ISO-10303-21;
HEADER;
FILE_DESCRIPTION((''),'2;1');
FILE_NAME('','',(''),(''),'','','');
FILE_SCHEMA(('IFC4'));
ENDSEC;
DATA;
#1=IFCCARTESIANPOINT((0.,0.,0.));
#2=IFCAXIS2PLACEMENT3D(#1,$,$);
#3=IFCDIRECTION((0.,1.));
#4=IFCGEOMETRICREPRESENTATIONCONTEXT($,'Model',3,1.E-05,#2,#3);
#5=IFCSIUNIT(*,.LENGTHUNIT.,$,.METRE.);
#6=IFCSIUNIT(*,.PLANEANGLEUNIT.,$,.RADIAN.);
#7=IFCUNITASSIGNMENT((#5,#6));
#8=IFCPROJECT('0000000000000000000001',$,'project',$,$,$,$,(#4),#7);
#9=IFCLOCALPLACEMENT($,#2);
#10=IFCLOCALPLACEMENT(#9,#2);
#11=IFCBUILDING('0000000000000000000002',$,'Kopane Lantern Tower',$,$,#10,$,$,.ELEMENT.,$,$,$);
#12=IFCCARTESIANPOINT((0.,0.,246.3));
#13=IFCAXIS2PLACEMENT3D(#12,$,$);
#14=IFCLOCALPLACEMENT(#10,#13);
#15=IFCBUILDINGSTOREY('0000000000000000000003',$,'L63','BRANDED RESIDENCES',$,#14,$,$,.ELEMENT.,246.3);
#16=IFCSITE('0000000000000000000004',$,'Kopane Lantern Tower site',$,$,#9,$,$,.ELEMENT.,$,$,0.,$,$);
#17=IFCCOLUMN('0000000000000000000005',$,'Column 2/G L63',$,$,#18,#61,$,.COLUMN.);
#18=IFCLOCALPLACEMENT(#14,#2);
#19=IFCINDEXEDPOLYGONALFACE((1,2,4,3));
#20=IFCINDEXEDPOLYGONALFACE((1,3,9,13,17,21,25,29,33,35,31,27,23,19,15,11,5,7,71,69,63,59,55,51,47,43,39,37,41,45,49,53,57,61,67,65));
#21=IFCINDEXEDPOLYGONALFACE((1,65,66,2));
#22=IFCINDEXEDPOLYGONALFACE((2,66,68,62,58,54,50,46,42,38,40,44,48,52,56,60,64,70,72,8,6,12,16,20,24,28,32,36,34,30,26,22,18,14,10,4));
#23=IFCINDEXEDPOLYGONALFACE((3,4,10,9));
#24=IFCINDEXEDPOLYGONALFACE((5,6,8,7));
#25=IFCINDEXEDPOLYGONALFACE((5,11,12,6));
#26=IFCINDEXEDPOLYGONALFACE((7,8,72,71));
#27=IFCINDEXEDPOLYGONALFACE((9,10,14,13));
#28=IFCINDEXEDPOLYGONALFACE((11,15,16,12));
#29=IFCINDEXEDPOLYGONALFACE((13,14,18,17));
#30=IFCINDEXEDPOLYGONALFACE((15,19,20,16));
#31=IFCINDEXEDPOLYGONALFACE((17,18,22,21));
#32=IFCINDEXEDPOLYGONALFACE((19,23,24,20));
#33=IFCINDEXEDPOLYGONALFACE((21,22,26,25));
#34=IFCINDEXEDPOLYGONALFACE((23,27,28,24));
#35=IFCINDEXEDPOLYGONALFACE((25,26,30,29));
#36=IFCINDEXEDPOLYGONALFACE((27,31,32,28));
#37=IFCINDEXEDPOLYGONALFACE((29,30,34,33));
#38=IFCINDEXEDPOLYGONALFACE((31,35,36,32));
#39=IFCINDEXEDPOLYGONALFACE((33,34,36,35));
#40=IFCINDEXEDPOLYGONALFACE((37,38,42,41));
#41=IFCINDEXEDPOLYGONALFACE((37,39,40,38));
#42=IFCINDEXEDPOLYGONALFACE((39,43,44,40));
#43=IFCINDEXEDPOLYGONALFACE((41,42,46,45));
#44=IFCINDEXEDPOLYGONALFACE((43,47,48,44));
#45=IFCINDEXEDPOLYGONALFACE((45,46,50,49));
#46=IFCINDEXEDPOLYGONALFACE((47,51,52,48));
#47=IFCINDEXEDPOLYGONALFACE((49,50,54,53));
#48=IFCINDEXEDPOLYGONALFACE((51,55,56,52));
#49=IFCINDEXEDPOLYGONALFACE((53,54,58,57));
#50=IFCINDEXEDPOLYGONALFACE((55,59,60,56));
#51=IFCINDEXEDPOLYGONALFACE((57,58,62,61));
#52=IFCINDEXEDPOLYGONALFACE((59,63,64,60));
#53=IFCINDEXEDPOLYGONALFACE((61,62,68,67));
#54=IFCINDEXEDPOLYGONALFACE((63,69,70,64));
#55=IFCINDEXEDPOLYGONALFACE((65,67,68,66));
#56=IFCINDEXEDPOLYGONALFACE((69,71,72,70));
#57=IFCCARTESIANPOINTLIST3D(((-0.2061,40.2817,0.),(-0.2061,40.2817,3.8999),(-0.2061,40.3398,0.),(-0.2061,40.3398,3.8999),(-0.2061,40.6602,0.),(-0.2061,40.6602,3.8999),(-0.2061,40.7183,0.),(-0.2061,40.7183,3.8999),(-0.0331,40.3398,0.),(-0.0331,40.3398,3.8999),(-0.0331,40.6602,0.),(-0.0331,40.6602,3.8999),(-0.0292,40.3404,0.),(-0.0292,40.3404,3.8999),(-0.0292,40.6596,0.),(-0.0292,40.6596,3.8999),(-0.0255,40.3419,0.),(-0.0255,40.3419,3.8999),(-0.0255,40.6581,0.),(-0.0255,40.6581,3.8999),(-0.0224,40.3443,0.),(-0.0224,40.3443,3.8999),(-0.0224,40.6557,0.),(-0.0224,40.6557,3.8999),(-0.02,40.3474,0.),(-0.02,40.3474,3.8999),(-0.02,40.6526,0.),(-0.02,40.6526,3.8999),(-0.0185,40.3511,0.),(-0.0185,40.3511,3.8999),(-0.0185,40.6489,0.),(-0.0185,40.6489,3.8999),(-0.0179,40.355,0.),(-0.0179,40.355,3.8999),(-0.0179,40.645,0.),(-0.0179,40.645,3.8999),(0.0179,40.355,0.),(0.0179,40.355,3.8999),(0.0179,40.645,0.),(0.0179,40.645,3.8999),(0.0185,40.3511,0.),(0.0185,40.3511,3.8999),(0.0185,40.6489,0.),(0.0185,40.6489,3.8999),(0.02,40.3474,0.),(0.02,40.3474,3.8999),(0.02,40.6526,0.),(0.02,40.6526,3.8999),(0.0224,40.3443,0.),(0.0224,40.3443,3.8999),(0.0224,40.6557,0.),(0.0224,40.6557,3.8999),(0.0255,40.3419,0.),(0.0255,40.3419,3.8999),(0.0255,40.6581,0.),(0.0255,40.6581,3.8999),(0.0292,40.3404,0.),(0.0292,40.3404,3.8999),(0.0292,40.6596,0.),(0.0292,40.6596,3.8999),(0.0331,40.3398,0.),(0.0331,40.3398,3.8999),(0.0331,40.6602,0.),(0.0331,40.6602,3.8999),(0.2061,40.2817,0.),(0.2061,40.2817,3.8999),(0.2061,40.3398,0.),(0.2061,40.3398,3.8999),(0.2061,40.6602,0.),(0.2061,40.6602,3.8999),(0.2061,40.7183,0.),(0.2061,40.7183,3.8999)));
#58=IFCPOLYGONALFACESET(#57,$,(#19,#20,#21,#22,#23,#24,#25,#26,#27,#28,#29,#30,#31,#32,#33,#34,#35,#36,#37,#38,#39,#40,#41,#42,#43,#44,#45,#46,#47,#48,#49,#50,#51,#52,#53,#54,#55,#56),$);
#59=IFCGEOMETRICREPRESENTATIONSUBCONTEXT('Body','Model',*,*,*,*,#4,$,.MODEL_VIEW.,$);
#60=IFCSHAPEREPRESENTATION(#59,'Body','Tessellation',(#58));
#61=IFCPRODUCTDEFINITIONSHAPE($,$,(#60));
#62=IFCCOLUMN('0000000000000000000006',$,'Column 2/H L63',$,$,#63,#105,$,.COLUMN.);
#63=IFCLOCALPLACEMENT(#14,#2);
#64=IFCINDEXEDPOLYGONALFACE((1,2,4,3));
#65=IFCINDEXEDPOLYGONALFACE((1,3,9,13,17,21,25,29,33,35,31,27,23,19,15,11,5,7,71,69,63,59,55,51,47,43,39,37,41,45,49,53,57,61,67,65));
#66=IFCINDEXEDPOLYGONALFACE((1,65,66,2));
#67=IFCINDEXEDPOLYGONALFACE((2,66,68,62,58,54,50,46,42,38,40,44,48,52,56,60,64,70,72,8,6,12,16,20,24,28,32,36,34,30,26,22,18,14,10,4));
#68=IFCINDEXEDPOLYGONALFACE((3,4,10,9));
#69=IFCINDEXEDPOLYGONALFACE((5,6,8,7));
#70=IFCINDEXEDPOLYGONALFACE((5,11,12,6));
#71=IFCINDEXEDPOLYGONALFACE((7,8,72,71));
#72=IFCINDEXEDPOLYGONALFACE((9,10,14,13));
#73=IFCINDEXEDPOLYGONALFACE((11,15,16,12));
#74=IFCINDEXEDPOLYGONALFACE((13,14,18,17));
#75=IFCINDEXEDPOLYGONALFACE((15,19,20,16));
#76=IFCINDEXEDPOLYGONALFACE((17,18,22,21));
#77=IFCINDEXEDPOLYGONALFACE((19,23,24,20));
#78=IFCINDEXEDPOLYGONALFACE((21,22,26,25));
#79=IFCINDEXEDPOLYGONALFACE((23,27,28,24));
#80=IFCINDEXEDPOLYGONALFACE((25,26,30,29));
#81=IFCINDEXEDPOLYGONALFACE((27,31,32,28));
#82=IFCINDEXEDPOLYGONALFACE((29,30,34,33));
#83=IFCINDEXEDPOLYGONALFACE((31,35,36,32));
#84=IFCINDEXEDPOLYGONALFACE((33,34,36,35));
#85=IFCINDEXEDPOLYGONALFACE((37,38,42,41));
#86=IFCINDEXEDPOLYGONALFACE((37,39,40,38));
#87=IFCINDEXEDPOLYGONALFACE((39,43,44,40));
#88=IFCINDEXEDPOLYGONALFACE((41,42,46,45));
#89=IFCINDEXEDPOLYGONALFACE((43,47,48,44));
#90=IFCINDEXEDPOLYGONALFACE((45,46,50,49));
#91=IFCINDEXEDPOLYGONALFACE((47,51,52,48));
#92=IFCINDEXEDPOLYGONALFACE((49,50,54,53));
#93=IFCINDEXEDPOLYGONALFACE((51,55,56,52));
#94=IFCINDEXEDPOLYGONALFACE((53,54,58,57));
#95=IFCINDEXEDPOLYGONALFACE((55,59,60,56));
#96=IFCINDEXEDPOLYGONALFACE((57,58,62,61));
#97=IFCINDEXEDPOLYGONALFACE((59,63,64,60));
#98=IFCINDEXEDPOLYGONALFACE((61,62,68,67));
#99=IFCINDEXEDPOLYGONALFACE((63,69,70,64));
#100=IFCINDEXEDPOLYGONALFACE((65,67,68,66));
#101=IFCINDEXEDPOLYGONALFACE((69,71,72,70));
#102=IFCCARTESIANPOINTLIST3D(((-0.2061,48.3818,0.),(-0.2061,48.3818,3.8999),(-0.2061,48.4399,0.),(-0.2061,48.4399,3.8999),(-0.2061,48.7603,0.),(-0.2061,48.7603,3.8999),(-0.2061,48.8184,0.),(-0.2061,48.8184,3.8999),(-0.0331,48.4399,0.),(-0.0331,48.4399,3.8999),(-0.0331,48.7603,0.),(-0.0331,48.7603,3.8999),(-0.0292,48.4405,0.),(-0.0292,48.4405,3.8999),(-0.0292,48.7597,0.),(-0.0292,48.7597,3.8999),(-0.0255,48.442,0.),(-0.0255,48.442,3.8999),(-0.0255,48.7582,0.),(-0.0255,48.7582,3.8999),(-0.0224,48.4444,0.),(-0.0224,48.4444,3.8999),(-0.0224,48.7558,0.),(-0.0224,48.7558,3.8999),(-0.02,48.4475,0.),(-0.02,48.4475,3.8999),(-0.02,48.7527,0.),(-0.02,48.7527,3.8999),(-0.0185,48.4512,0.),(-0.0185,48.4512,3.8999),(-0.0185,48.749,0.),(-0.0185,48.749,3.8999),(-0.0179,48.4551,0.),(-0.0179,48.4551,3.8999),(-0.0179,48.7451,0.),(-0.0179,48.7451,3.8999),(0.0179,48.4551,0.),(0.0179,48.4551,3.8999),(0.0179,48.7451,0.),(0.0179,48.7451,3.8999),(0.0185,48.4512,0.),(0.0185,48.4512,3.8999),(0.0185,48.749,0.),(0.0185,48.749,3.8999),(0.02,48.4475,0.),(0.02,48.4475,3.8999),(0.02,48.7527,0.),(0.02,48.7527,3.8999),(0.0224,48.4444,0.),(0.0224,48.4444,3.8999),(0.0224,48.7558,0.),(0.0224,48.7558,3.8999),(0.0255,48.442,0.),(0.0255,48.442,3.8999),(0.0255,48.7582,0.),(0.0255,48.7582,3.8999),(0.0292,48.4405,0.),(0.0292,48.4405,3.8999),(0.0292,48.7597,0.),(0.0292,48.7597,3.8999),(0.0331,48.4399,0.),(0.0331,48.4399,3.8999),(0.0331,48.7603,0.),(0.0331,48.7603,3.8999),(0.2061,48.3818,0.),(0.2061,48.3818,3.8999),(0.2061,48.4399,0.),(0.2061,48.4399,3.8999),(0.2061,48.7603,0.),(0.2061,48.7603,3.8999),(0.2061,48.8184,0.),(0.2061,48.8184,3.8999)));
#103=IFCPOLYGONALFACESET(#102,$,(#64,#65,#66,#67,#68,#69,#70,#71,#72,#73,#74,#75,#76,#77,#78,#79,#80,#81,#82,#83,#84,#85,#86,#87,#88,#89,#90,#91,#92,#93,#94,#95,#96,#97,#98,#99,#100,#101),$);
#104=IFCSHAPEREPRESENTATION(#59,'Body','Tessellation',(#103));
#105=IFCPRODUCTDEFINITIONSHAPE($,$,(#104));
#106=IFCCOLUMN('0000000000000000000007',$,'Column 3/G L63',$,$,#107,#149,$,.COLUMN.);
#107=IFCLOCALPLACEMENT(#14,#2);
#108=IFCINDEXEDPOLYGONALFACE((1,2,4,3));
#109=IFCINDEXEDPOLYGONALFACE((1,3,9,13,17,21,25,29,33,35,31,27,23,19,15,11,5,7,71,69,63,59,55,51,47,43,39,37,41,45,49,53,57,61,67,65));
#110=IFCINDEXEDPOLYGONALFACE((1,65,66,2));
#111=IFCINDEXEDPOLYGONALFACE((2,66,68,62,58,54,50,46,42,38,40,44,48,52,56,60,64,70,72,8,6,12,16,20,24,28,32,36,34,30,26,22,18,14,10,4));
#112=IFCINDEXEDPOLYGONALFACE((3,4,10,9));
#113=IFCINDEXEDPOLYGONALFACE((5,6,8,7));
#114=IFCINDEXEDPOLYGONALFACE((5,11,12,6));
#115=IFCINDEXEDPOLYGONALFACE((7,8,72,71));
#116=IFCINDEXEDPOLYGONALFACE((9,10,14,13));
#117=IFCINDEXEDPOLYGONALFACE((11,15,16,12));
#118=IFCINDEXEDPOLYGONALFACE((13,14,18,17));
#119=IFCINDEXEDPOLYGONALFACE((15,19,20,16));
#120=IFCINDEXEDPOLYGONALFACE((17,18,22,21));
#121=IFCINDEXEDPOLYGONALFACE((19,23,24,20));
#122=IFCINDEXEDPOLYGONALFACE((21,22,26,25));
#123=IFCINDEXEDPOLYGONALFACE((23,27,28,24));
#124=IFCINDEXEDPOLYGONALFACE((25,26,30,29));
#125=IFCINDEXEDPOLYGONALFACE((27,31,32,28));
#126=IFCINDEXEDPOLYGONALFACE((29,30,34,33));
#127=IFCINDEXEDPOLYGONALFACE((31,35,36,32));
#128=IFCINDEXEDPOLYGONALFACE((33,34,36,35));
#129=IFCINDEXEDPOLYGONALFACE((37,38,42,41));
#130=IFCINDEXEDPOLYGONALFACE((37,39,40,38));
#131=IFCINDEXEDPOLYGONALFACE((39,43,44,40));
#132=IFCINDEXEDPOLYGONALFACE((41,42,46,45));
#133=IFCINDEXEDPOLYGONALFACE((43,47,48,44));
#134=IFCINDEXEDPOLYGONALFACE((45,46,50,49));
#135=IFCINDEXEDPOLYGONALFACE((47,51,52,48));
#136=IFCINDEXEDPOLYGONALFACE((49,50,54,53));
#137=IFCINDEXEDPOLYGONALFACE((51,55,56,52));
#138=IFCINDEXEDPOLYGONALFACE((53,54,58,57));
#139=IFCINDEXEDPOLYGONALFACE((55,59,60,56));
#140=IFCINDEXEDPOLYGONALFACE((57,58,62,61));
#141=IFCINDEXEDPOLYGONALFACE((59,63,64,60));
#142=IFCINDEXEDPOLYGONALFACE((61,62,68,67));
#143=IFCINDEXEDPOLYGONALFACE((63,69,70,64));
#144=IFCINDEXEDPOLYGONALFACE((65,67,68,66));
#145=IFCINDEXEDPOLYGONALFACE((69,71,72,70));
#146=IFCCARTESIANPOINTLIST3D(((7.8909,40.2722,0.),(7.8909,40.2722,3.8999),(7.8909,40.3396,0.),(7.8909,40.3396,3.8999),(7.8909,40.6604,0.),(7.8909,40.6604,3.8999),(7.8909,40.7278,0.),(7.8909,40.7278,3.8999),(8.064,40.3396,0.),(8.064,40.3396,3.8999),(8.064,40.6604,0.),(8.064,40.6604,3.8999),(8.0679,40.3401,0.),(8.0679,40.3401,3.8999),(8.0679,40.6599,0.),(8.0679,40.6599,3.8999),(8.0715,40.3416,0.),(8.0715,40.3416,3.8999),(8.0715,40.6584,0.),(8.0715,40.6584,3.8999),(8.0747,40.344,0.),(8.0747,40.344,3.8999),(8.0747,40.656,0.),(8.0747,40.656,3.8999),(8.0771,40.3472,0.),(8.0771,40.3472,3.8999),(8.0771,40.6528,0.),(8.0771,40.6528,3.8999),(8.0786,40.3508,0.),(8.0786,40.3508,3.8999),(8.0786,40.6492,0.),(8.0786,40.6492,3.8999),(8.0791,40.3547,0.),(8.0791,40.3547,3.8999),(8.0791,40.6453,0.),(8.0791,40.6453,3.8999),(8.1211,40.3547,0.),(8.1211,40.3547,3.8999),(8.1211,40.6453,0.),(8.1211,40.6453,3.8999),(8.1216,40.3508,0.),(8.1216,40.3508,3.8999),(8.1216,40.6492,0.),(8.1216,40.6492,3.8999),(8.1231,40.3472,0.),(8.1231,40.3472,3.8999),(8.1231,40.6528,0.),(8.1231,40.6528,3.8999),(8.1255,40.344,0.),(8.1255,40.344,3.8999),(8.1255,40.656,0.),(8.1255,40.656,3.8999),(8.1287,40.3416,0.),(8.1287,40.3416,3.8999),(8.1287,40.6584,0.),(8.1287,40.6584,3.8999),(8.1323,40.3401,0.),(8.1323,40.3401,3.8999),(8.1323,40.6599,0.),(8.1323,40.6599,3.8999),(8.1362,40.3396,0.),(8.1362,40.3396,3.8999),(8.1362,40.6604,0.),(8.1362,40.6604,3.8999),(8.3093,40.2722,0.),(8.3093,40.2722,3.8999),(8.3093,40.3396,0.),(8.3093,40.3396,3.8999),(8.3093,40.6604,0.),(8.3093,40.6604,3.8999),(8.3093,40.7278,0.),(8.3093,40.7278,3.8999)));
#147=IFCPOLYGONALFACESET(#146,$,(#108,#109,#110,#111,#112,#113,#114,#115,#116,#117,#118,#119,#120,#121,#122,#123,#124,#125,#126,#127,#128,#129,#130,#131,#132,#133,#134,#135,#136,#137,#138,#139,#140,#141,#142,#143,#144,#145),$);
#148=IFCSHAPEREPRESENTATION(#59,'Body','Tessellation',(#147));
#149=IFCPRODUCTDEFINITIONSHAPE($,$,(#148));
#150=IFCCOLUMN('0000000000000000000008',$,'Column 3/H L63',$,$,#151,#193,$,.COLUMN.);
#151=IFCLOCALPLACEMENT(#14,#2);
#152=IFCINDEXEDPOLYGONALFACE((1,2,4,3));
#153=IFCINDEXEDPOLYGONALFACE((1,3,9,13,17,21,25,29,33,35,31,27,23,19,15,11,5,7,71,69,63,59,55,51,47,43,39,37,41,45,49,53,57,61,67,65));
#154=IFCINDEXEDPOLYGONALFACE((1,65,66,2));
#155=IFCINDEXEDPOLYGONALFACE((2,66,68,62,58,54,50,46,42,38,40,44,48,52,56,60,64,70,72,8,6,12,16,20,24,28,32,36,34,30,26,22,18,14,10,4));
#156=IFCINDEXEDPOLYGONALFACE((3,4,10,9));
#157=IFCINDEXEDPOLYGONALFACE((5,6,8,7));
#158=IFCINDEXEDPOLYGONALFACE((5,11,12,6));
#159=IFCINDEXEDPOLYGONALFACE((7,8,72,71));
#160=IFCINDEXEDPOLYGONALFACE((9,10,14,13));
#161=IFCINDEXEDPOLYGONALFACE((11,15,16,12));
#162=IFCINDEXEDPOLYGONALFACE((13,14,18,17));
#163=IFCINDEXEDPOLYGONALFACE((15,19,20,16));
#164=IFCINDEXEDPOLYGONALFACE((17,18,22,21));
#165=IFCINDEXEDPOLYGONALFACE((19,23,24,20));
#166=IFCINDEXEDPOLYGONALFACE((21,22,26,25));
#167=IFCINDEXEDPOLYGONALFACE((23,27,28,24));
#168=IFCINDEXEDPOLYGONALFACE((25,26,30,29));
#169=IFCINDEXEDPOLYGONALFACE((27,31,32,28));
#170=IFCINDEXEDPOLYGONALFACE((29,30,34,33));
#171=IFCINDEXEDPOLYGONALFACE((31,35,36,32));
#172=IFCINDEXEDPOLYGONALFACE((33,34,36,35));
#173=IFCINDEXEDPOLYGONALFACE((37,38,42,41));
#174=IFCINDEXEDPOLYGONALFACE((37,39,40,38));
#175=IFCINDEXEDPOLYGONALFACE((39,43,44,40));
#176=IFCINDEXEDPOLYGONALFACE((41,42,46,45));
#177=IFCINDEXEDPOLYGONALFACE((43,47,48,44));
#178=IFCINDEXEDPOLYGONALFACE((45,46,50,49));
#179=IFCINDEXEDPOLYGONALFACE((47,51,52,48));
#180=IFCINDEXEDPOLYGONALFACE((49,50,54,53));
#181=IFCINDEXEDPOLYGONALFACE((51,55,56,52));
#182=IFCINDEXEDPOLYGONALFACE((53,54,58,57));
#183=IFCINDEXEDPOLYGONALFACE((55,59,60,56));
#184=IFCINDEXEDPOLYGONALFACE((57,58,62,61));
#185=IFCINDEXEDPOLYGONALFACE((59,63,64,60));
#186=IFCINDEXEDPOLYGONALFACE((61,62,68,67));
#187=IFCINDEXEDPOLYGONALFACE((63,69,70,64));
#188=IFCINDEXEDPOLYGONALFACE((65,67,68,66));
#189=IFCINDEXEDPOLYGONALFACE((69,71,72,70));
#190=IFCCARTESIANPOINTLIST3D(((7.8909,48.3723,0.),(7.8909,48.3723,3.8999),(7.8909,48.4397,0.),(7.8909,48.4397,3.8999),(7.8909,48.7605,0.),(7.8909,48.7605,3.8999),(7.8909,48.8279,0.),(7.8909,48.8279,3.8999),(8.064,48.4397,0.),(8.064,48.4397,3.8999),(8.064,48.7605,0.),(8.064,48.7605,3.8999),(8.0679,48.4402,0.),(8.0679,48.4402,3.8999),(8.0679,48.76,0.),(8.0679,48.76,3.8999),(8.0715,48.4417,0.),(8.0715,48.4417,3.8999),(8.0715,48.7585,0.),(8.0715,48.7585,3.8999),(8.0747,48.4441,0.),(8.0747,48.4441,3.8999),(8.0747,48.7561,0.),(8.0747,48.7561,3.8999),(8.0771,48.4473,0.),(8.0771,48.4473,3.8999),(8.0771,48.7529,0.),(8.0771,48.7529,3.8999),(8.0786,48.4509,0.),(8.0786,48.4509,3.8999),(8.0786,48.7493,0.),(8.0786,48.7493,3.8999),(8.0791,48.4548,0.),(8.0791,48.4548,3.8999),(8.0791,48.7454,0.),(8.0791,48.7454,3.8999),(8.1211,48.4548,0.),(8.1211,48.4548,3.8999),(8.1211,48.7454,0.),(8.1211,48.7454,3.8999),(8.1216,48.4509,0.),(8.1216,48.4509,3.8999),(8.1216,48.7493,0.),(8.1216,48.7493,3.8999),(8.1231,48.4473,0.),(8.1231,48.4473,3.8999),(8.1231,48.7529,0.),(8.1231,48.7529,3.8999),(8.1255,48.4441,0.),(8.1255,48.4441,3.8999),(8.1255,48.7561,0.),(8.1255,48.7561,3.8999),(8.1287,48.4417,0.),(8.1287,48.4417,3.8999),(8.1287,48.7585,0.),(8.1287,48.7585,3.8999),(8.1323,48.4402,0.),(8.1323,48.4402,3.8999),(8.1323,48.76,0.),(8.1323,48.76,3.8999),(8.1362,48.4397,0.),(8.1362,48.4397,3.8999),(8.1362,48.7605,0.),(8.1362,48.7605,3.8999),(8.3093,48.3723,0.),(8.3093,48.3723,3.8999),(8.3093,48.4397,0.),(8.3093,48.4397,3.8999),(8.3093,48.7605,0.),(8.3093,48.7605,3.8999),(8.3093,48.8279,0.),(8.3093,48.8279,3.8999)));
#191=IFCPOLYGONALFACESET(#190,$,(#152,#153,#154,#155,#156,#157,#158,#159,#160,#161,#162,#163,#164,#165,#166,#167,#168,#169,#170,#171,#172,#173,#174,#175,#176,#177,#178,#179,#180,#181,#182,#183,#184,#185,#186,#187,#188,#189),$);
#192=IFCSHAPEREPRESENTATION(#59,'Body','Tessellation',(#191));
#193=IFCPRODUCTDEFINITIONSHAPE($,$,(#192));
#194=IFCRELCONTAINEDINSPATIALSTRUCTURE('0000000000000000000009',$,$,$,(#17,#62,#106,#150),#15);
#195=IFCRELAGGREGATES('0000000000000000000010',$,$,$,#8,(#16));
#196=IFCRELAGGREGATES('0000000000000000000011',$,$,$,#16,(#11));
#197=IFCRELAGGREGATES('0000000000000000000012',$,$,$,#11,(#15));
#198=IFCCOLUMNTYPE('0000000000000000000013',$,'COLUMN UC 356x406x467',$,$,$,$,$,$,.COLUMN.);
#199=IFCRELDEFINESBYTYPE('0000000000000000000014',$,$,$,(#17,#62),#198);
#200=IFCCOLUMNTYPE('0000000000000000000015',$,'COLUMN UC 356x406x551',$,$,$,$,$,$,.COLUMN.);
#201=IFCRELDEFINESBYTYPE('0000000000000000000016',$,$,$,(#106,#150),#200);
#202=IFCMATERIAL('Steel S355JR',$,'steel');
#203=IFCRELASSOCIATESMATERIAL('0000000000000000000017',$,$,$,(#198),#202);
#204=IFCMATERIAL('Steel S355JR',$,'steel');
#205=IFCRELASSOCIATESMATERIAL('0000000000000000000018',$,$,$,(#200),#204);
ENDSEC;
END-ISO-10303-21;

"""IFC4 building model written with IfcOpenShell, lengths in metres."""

from ifc_helpers import new_model, si_unit, direction, frame, origin, origin_2d, place, context, subcontext, project, spatial, i_section, extrude, material, material_profile, profile_set, type_object, element, save


model = new_model("IFC4")

# Units and contexts
model_context = context("Model", 3, precision=1e-05, world=origin(), true_north=direction((0.0, 1.0)))
body_context = subcontext(model_context, "Body", "Model", "MODEL_VIEW")
ifc_project = project(units=[si_unit("LENGTHUNIT", "METRE"), si_unit("PLANEANGLEUNIT", "RADIAN")], contexts=[model_context])

# Site, building, storey
site_placement = place(None, origin())
site = spatial("IfcSite", under=ifc_project, at=site_placement, Name="Kopane Lantern Tower site", CompositionType="ELEMENT", RefElevation=0.0)
building_placement = place(site_placement, origin())
building = spatial("IfcBuilding", under=site, at=building_placement, Name="Kopane Lantern Tower", CompositionType="ELEMENT")
storey_placement = place(building_placement, frame((0.0, 0.0, 246.3)))
storey = spatial("IfcBuildingStorey", under=building, at=storey_placement, Name="L63", Description="BRANDED RESIDENCES", CompositionType="ELEMENT", Elevation=246.3)

# Columns
ifc_material_1 = material(Name="Steel S355JR", Category="steel")
ifc_material_profile_1 = material_profile(ifc_material_1, i_section(OverallWidth=0.4121, OverallDepth=0.4365, WebThickness=0.0359, FlangeThickness=0.0581, FilletRadius=0.0151, at=origin_2d()), Name="UC 356x406x467")
ifc_profile_set_1 = profile_set([ifc_material_profile_1], Name="Steel S355JR")
column_type_1 = type_object("IfcColumnType", Name="COLUMN UC 356x406x467", PredefinedType="COLUMN", material=ifc_profile_set_1)
for number, where, z_axis, x_axis, name in (
    (1, (0.0, 40.5, 0.0), (0.0, 0.0, 1.0), (1.0, 0.0, 0.0), "Column 2/G L63"),
    (2, (0.0, 48.6001, 0.0), (0.0, 0.0, 1.0), (1.0, 0.0, 0.0), "Column 2/H L63"),
):
    element("IfcColumn", number, at=place(storey_placement, frame(where, z_axis=z_axis, x_axis=x_axis)), inside=storey, type_object=column_type_1, Name=name, PredefinedType="COLUMN", context=body_context, shape_type="SweptSolid", body=[
        extrude(i_section(OverallWidth=0.4121, OverallDepth=0.4365, WebThickness=0.0359, FlangeThickness=0.0581, FilletRadius=0.0151, at=origin_2d()), origin(), (0.0, 0.0, 1.0), 3.8999),
    ])
ifc_material_2 = material(Name="Steel S355JR", Category="steel")
ifc_material_profile_2 = material_profile(ifc_material_2, i_section(OverallWidth=0.4185, OverallDepth=0.4556, WebThickness=0.042, FlangeThickness=0.0674, FilletRadius=0.0151, at=origin_2d()), Name="UC 356x406x551")
ifc_profile_set_2 = profile_set([ifc_material_profile_2], Name="Steel S355JR")
column_type_2 = type_object("IfcColumnType", Name="COLUMN UC 356x406x551", PredefinedType="COLUMN", material=ifc_profile_set_2)
for number, where, z_axis, x_axis, name in (
    (3, (8.1001, 40.5, 0.0), (0.0, 0.0, 1.0), (1.0, 0.0, 0.0), "Column 3/G L63"),
    (4, (8.1001, 48.6001, 0.0), (0.0, 0.0, 1.0), (1.0, 0.0, 0.0), "Column 3/H L63"),
):
    element("IfcColumn", number, at=place(storey_placement, frame(where, z_axis=z_axis, x_axis=x_axis)), inside=storey, type_object=column_type_2, Name=name, PredefinedType="COLUMN", context=body_context, shape_type="SweptSolid", body=[
        extrude(i_section(OverallWidth=0.4185, OverallDepth=0.4556, WebThickness=0.042, FlangeThickness=0.0674, FilletRadius=0.0151, at=origin_2d()), origin(), (0.0, 0.0, 1.0), 3.8999),
    ])

save(model, "model.ifc")
